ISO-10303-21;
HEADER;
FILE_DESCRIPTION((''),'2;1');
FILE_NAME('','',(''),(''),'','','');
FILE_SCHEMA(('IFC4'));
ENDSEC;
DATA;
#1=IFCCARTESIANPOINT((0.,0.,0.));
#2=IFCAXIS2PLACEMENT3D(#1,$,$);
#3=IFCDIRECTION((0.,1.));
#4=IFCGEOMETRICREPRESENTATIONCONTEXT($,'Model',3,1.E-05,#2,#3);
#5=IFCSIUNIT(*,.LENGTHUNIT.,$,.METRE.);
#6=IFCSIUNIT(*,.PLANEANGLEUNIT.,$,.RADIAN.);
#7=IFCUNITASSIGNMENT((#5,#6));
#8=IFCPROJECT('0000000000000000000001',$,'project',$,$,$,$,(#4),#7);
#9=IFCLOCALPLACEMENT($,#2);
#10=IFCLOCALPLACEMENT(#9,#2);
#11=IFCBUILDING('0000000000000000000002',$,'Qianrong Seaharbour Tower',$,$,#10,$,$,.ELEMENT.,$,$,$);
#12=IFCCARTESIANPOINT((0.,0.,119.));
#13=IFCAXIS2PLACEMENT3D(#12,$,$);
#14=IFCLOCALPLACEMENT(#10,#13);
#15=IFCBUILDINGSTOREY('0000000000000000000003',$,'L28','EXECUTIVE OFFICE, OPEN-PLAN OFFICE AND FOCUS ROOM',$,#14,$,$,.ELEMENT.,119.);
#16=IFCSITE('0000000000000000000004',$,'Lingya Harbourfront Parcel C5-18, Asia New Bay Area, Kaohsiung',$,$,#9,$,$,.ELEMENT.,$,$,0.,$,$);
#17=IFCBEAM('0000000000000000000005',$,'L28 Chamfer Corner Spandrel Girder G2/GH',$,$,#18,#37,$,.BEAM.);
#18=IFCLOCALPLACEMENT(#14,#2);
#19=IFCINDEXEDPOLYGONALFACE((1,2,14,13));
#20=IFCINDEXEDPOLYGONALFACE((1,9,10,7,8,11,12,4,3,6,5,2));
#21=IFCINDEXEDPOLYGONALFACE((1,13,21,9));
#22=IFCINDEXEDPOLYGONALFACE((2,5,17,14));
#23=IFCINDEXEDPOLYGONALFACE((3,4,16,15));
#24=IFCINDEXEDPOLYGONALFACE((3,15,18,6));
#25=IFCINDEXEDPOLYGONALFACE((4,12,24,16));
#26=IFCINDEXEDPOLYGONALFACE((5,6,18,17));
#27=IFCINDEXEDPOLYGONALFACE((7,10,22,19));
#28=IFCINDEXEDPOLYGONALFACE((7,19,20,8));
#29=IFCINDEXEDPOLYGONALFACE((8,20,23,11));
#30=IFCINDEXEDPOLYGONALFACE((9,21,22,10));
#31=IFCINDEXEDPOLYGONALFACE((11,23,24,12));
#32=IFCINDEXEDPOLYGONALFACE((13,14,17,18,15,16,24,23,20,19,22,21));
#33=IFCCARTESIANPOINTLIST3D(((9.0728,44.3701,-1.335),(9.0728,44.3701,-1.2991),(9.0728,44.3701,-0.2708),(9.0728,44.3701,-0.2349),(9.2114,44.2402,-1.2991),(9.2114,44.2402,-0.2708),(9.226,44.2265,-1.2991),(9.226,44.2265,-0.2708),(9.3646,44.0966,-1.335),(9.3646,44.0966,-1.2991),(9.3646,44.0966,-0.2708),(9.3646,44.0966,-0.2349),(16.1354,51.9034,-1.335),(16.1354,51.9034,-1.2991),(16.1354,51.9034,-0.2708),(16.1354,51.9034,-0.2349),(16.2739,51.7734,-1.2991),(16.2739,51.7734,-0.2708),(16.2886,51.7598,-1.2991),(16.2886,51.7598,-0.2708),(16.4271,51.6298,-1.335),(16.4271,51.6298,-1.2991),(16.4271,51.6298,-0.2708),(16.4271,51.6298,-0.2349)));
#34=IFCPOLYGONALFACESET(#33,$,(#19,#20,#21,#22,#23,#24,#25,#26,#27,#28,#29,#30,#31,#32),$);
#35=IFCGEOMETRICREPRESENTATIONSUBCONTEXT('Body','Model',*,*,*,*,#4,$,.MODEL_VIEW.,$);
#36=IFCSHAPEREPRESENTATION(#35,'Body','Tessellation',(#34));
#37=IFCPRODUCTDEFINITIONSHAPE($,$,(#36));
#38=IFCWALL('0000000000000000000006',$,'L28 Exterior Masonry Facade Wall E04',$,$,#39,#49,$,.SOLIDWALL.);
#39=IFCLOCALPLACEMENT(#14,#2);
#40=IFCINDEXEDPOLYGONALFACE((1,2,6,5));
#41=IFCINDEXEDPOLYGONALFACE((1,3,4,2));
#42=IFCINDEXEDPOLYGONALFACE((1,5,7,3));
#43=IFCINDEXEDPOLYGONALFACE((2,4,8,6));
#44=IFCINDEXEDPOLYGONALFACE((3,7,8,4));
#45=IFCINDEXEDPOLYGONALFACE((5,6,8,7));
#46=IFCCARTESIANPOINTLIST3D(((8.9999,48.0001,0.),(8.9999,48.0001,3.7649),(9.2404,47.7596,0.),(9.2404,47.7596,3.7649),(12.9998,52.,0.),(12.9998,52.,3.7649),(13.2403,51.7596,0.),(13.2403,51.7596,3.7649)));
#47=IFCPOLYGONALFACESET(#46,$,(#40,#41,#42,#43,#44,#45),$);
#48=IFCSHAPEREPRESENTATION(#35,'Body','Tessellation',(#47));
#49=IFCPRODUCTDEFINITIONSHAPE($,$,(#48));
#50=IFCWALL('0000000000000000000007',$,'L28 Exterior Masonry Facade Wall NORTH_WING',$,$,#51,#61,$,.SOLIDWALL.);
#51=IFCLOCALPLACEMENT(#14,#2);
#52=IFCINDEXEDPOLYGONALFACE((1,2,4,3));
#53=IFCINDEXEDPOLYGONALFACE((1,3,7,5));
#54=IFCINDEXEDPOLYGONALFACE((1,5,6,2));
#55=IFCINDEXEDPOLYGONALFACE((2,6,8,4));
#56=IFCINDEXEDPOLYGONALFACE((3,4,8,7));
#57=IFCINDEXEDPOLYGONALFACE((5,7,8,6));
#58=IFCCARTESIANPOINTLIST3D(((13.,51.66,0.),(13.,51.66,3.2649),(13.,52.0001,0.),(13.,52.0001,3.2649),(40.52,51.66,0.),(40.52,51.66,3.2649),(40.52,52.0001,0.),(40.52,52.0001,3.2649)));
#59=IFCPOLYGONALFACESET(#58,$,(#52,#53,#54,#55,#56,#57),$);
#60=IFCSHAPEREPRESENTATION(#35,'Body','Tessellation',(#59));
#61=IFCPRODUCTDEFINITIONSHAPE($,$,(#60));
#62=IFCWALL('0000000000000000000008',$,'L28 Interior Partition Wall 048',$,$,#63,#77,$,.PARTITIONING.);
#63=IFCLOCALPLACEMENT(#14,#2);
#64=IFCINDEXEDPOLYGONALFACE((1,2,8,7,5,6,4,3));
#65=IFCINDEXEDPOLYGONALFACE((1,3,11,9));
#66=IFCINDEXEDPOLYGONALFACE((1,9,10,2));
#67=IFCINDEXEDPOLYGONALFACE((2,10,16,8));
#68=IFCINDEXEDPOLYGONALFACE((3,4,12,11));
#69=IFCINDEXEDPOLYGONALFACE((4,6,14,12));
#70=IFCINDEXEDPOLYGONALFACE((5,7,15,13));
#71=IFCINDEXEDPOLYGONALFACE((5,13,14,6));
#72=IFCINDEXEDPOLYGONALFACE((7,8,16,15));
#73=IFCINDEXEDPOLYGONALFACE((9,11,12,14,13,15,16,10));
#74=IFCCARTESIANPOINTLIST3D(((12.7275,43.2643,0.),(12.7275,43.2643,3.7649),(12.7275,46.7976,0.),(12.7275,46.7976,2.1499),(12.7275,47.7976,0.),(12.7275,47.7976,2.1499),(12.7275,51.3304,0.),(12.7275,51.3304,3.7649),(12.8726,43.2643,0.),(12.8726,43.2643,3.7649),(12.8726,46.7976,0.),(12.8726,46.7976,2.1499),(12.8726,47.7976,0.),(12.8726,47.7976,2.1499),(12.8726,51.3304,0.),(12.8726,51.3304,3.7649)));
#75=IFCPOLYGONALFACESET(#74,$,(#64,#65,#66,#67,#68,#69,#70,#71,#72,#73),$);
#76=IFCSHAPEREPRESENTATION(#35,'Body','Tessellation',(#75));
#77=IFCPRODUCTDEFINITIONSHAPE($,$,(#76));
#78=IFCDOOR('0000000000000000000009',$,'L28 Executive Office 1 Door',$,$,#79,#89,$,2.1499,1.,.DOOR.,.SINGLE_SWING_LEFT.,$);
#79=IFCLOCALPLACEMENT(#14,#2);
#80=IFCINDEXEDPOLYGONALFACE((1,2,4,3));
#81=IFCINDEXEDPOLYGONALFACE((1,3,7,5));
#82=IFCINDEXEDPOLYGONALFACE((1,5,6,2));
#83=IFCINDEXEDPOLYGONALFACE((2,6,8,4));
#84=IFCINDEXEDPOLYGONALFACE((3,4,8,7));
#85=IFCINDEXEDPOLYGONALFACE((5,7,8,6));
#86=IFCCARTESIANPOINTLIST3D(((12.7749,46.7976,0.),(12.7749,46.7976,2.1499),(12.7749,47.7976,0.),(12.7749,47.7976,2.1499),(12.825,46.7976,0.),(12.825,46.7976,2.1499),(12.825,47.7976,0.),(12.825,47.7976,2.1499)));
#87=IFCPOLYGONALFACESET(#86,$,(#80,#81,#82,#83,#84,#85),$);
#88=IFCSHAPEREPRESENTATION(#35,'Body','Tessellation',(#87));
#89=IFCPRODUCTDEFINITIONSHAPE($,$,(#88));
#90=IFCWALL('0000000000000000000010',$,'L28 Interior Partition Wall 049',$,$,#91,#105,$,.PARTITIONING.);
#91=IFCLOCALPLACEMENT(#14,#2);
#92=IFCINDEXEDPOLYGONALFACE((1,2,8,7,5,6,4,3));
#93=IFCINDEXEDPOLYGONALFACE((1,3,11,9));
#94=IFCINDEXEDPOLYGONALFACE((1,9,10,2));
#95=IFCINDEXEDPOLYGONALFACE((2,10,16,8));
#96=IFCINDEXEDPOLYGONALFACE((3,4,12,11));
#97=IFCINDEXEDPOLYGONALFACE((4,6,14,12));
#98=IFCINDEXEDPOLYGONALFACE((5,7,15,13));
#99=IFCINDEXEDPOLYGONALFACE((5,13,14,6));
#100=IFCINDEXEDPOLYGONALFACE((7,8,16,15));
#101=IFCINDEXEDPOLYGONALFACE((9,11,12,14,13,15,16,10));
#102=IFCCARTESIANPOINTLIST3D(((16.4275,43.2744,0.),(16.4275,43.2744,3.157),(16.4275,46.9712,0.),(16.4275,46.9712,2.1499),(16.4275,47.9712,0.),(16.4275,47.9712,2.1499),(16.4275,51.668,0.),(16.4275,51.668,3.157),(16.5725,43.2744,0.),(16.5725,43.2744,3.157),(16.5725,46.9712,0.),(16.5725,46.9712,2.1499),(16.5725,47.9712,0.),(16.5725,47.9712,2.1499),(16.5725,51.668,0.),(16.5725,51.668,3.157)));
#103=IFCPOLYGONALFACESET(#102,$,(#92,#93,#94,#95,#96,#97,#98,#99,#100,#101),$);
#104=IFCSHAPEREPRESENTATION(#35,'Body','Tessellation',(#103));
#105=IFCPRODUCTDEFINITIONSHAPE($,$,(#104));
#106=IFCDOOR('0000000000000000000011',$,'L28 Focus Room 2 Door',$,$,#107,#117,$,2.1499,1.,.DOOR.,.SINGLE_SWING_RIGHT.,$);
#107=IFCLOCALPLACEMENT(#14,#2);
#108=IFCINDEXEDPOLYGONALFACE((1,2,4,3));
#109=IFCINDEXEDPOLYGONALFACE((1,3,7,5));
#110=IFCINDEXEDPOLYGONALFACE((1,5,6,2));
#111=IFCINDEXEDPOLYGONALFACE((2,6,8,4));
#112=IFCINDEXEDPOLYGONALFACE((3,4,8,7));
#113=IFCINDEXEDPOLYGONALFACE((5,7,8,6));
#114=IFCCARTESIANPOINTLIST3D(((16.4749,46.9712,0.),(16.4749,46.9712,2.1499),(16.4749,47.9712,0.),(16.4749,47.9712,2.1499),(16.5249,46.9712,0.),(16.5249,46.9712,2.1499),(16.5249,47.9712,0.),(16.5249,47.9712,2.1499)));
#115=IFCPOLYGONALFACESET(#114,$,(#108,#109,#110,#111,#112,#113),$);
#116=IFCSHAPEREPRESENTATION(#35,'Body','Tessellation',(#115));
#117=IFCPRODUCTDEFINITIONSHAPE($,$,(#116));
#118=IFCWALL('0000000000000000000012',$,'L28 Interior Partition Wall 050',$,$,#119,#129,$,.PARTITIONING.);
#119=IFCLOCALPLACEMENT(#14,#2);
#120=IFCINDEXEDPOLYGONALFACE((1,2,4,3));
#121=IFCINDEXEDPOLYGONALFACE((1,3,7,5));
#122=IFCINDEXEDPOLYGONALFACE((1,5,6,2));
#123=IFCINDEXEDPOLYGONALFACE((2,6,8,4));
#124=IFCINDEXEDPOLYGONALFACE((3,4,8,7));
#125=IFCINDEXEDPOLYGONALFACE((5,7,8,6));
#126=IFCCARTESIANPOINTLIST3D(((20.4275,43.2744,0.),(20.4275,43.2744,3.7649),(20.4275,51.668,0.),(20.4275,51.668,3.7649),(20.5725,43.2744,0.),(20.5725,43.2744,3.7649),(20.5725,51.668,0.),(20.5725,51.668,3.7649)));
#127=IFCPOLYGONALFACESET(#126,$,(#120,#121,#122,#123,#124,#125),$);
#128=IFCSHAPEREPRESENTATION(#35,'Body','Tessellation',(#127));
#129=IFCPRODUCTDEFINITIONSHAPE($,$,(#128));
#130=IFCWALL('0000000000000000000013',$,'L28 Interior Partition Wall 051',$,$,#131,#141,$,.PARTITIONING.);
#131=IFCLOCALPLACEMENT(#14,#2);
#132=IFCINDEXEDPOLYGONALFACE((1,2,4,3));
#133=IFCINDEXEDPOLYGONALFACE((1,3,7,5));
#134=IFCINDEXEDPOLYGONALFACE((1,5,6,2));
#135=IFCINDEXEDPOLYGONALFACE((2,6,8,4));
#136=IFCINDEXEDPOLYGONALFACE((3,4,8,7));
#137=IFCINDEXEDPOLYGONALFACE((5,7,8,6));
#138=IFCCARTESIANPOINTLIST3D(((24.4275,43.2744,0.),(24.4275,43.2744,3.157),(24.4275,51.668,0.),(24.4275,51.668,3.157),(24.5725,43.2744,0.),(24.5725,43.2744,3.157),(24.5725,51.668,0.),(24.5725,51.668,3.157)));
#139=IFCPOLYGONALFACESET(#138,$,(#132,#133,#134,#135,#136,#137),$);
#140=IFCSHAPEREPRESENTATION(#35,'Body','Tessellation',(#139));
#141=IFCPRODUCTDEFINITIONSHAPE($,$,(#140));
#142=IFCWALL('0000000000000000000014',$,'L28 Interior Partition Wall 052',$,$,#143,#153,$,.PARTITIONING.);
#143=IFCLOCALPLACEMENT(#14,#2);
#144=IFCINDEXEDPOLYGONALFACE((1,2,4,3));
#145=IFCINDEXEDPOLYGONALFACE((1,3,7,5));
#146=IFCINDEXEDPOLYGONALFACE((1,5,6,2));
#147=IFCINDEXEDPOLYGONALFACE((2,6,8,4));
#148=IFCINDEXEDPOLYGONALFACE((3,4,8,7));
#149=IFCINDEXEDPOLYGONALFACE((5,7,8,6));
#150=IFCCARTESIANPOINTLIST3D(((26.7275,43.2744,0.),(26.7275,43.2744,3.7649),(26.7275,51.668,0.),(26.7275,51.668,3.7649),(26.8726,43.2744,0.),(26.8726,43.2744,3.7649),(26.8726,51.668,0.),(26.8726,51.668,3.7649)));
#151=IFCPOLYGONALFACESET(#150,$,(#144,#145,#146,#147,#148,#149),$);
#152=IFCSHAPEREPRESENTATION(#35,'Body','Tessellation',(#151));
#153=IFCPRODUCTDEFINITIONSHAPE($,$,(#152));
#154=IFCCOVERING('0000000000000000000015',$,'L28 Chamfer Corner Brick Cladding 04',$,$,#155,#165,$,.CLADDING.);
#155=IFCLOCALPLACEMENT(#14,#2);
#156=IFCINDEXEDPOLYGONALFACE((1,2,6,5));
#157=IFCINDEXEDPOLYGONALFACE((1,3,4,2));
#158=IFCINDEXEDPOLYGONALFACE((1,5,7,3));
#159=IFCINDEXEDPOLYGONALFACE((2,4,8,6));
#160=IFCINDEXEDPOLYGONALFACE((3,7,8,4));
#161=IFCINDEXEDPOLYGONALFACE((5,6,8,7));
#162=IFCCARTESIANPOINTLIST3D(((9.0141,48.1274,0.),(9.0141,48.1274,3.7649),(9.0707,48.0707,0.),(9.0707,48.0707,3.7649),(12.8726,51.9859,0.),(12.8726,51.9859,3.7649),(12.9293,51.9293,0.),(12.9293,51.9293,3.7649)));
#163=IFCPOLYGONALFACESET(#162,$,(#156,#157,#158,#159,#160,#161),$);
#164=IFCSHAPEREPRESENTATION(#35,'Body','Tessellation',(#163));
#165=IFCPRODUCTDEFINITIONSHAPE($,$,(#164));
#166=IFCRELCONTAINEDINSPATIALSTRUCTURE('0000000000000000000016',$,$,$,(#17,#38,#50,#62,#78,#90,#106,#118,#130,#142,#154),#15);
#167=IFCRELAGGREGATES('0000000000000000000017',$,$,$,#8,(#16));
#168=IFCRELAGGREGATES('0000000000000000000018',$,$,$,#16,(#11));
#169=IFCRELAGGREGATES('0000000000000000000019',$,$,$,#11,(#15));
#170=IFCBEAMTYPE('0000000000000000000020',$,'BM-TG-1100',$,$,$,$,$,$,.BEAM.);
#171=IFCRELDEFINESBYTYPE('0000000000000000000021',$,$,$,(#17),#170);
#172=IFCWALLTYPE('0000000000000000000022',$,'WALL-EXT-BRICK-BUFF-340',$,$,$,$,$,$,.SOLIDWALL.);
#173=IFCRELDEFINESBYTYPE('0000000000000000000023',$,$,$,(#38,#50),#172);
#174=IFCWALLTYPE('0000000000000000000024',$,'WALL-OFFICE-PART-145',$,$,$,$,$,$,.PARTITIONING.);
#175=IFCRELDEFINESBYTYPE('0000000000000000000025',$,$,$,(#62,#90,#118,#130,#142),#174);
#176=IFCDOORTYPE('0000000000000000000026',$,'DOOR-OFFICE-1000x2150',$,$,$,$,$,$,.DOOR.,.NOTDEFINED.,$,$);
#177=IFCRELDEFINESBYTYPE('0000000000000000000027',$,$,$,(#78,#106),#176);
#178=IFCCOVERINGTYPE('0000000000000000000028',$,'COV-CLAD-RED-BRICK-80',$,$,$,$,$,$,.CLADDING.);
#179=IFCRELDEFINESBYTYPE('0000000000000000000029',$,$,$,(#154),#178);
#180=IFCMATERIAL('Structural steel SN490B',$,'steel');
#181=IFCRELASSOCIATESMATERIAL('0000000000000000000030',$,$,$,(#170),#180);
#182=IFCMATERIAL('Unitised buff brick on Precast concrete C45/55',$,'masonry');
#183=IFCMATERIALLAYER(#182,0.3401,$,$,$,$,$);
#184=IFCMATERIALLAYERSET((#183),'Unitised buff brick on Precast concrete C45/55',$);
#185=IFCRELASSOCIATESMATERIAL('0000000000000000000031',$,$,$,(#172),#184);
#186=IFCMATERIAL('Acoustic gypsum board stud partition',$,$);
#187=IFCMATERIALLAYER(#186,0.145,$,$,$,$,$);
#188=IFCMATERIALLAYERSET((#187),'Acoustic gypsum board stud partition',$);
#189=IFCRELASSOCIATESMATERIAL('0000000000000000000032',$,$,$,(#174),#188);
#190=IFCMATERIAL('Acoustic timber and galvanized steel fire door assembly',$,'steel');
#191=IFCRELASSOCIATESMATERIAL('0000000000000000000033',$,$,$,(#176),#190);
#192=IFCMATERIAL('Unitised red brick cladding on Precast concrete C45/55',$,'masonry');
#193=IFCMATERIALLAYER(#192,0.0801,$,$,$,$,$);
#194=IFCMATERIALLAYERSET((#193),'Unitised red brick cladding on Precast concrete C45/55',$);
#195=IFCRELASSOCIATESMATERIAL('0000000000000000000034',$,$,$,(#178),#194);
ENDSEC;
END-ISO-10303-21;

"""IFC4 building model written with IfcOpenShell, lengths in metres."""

from ifc_helpers import new_model, si_unit, direction, frame, frame_2d, origin, origin_2d, place, context, subcontext, project, spatial, rectangle, i_section, extrude, material, layer, layer_set, material_profile, profile_set, type_object, element, fill, save


model = new_model("IFC4")

# Units and contexts
model_context = context("Model", 3, precision=1e-05, world=origin(), true_north=direction((0.0, 1.0)))
body_context = subcontext(model_context, "Body", "Model", "MODEL_VIEW")
ifc_project = project(units=[si_unit("LENGTHUNIT", "METRE"), si_unit("PLANEANGLEUNIT", "RADIAN")], contexts=[model_context])

# Site, building, storey
site_placement = place(None, origin())
site = spatial("IfcSite", under=ifc_project, at=site_placement, Name="Lingya Harbourfront Parcel C5-18, Asia New Bay Area, Kaohsiung", CompositionType="ELEMENT", RefElevation=0.0)
building_placement = place(site_placement, origin())
building = spatial("IfcBuilding", under=site, at=building_placement, Name="Qianrong Seaharbour Tower", CompositionType="ELEMENT")
storey_placement = place(building_placement, frame((0.0, 0.0, 119.0)))
storey = spatial("IfcBuildingStorey", under=building, at=storey_placement, Name="L28", Description="EXECUTIVE OFFICE, OPEN-PLAN OFFICE AND FOCUS ROOM", CompositionType="ELEMENT", Elevation=119.0)

# Shared definitions
ifc_material_1 = material(Name="Structural steel SN490B", Category="steel")

# Beam
ifc_material_profile_1 = material_profile(ifc_material_1, i_section(OverallWidth=0.3999, OverallDepth=1.1001, WebThickness=0.02, FlangeThickness=0.0359, at=origin_2d()), Name="BH1100x400x20x36")
ifc_profile_set_1 = profile_set([ifc_material_profile_1], Name="Structural steel SN490B")
beam_type_1 = type_object("IfcBeamType", Name="BM-TG-1100", PredefinedType="BEAM", material=ifc_profile_set_1)
beam_1_placement = place(storey_placement, frame((16.2812, 51.7666, -0.7849), z_axis=(-0.683947, -0.729531, 0.0), x_axis=(0.729531, -0.683947, 0.0)))
element("IfcBeam", 1, at=beam_1_placement, inside=storey, type_object=beam_type_1, Name="L28 Chamfer Corner Spandrel Girder G2/GH", PredefinedType="BEAM", context=body_context, shape_type="SweptSolid", body=[
    extrude(i_section(OverallWidth=0.3999, OverallDepth=1.1001, WebThickness=0.02, FlangeThickness=0.0359, at=origin_2d()), origin(), (0.0, 0.0, 1.0), 10.3262),
])

# Walls
ifc_material_2 = material(Name="Unitised buff brick on Precast concrete C45/55", Category="masonry")
ifc_layer_1 = layer(ifc_material_2, 0.3401)
ifc_layer_set_1 = layer_set([ifc_layer_1], Name="Unitised buff brick on Precast concrete C45/55")
wall_type_1 = type_object("IfcWallType", Name="WALL-EXT-BRICK-BUFF-340", PredefinedType="SOLIDWALL", material=ifc_layer_set_1)
wall_1_placement = place(storey_placement, frame((9.1201, 47.8799, 0.0), z_axis=(0.0, 0.0, 1.0), x_axis=(0.707107, 0.707107, 0.0)))
element("IfcWall", 2, at=wall_1_placement, inside=storey, type_object=wall_type_1, Name="L28 Exterior Masonry Facade Wall E04", PredefinedType="SOLIDWALL", context=body_context, shape_type="SweptSolid", body=[
    extrude(rectangle(XDim=5.6567, YDim=0.3401, at=frame_2d((2.8284, 0.0))), origin(), (0.0, 0.0, 1.0), 3.7649),
])
wall_2_placement = place(storey_placement, frame((13.0, 51.8301, 0.0), z_axis=(0.0, 0.0, 1.0), x_axis=(1.0, 0.0, 0.0)))
element("IfcWall", 3, at=wall_2_placement, inside=storey, type_object=wall_type_1, Name="L28 Exterior Masonry Facade Wall NORTH_WING", PredefinedType="SOLIDWALL", context=body_context, shape_type="SweptSolid", body=[
    extrude(rectangle(XDim=27.52, YDim=0.3401, at=frame_2d((13.76, 0.0))), origin(), (0.0, 0.0, 1.0), 3.2649),
])

# Walls, openings, doors
ifc_material_3 = material(Name="Acoustic gypsum board stud partition")
ifc_layer_2 = layer(ifc_material_3, 0.145)
ifc_layer_set_2 = layer_set([ifc_layer_2], Name="Acoustic gypsum board stud partition")
wall_type_2 = type_object("IfcWallType", Name="WALL-OFFICE-PART-145", PredefinedType="PARTITIONING", material=ifc_layer_set_2)
wall_3_placement = place(storey_placement, frame((12.8, 51.3306, 0.0), z_axis=(0.0, 0.0, 1.0), x_axis=(0.0, -1.0, 0.0)))
wall_3 = element("IfcWall", 4, at=wall_3_placement, inside=storey, type_object=wall_type_2, Name="L28 Interior Partition Wall 048", PredefinedType="PARTITIONING", context=body_context, shape_type="SweptSolid", body=[
    extrude(rectangle(XDim=8.0662, YDim=0.145, at=frame_2d((4.0332, 0.0))), origin(), (0.0, 0.0, 1.0), 3.7649),
])
opening_1_placement = place(wall_3_placement, frame((3.533, 0.0, 0.0)))
opening_1 = element("IfcOpeningElement", 5, at=opening_1_placement, cuts=wall_3, PredefinedType="OPENING", context=body_context, shape_type="SweptSolid", body=[
    extrude(rectangle(XDim=1.0, YDim=2.1499, at=frame_2d((0.5, 1.075))), frame((0.0, 0.0825, 0.0), z_axis=(0.0, -1.0, 0.0), x_axis=(1.0, 0.0, 0.0)), (0.0, 0.0, 1.0), 0.165),
])
ifc_material_4 = material(Name="Acoustic timber and galvanized steel fire door assembly", Category="steel")
door_type = type_object("IfcDoorType", Name="DOOR-OFFICE-1000x2150", OperationType="NOTDEFINED", PredefinedType="DOOR", material=ifc_material_4)
door_1_placement = place(opening_1_placement, origin())
door_1 = element("IfcDoor", 6, at=door_1_placement, inside=storey, type_object=door_type, Name="L28 Executive Office 1 Door", OperationType="SINGLE_SWING_LEFT", OverallHeight=2.1499, OverallWidth=1.0, PredefinedType="DOOR", context=body_context, shape_type="SweptSolid", body=[
    extrude(rectangle(XDim=1.0, YDim=2.1499, at=frame_2d((0.5, 1.075))), frame((0.0, 0.0249, 0.0), z_axis=(0.0, -1.0, 0.0), x_axis=(1.0, 0.0, 0.0)), (0.0, 0.0, 1.0), 0.05),
])
fill(opening_1, door_1)
wall_4_placement = place(storey_placement, frame((16.5, 51.668, 0.0), z_axis=(0.0, 0.0, 1.0), x_axis=(0.0, -1.0, 0.0)))
wall_4 = element("IfcWall", 7, at=wall_4_placement, inside=storey, type_object=wall_type_2, Name="L28 Interior Partition Wall 049", PredefinedType="PARTITIONING", context=body_context, shape_type="SweptSolid", body=[
    extrude(rectangle(XDim=8.3936, YDim=0.145, at=frame_2d((4.1968, 0.0))), origin(), (0.0, 0.0, 1.0), 3.157),
])
opening_2_placement = place(wall_4_placement, frame((3.6968, 0.0, 0.0)))
opening_2 = element("IfcOpeningElement", 8, at=opening_2_placement, cuts=wall_4, PredefinedType="OPENING", context=body_context, shape_type="SweptSolid", body=[
    extrude(rectangle(XDim=1.0, YDim=2.1499, at=frame_2d((0.5, 1.075))), frame((0.0, 0.0825, 0.0), z_axis=(0.0, -1.0, 0.0), x_axis=(1.0, 0.0, 0.0)), (0.0, 0.0, 1.0), 0.165),
])
door_2_placement = place(opening_2_placement, origin())
door_2 = element("IfcDoor", 9, at=door_2_placement, inside=storey, type_object=door_type, Name="L28 Focus Room 2 Door", OperationType="SINGLE_SWING_RIGHT", OverallHeight=2.1499, OverallWidth=1.0, PredefinedType="DOOR", context=body_context, shape_type="SweptSolid", body=[
    extrude(rectangle(XDim=1.0, YDim=2.1499, at=frame_2d((0.5, 1.075))), frame((0.0, 0.0249, 0.0), z_axis=(0.0, -1.0, 0.0), x_axis=(1.0, 0.0, 0.0)), (0.0, 0.0, 1.0), 0.05),
])
fill(opening_2, door_2)

# Walls
wall_5_placement = place(storey_placement, frame((20.5, 51.668, 0.0), z_axis=(0.0, 0.0, 1.0), x_axis=(0.0, -1.0, 0.0)))
element("IfcWall", 10, at=wall_5_placement, inside=storey, type_object=wall_type_2, Name="L28 Interior Partition Wall 050", PredefinedType="PARTITIONING", context=body_context, shape_type="SweptSolid", body=[
    extrude(rectangle(XDim=8.3936, YDim=0.145, at=frame_2d((4.1968, 0.0))), origin(), (0.0, 0.0, 1.0), 3.7649),
])
wall_6_placement = place(storey_placement, frame((24.5, 51.668, 0.0), z_axis=(0.0, 0.0, 1.0), x_axis=(0.0, -1.0, 0.0)))
element("IfcWall", 11, at=wall_6_placement, inside=storey, type_object=wall_type_2, Name="L28 Interior Partition Wall 051", PredefinedType="PARTITIONING", context=body_context, shape_type="SweptSolid", body=[
    extrude(rectangle(XDim=8.3936, YDim=0.145, at=frame_2d((4.1968, 0.0))), origin(), (0.0, 0.0, 1.0), 3.157),
])
wall_7_placement = place(storey_placement, frame((26.8, 51.668, 0.0), z_axis=(0.0, 0.0, 1.0), x_axis=(0.0, -1.0, 0.0)))
element("IfcWall", 12, at=wall_7_placement, inside=storey, type_object=wall_type_2, Name="L28 Interior Partition Wall 052", PredefinedType="PARTITIONING", context=body_context, shape_type="SweptSolid", body=[
    extrude(rectangle(XDim=8.3936, YDim=0.145, at=frame_2d((4.1968, 0.0))), origin(), (0.0, 0.0, 1.0), 3.7649),
])

# Covering
ifc_material_5 = material(Name="Unitised red brick cladding on Precast concrete C45/55", Category="masonry")
ifc_layer_3 = layer(ifc_material_5, 0.0801)
ifc_layer_set_3 = layer_set([ifc_layer_3], Name="Unitised red brick cladding on Precast concrete C45/55")
covering_type = type_object("IfcCoveringType", Name="COV-CLAD-RED-BRICK-80", PredefinedType="CLADDING", material=ifc_layer_set_3)
covering_placement = place(storey_placement, frame((10.9717, 50.0283, 0.0), z_axis=(0.0, 0.0, 1.0), x_axis=(0.707107, 0.707107, 0.0)))
element("IfcCovering", 13, at=covering_placement, inside=storey, type_object=covering_type, Name="L28 Chamfer Corner Brick Cladding 04", PredefinedType="CLADDING", context=body_context, shape_type="SweptSolid", body=[
    extrude(rectangle(XDim=5.4568, YDim=0.0801, at=origin_2d()), origin(), (0.0, 0.0, 1.0), 3.7649),
])

save(model, "model.ifc")
